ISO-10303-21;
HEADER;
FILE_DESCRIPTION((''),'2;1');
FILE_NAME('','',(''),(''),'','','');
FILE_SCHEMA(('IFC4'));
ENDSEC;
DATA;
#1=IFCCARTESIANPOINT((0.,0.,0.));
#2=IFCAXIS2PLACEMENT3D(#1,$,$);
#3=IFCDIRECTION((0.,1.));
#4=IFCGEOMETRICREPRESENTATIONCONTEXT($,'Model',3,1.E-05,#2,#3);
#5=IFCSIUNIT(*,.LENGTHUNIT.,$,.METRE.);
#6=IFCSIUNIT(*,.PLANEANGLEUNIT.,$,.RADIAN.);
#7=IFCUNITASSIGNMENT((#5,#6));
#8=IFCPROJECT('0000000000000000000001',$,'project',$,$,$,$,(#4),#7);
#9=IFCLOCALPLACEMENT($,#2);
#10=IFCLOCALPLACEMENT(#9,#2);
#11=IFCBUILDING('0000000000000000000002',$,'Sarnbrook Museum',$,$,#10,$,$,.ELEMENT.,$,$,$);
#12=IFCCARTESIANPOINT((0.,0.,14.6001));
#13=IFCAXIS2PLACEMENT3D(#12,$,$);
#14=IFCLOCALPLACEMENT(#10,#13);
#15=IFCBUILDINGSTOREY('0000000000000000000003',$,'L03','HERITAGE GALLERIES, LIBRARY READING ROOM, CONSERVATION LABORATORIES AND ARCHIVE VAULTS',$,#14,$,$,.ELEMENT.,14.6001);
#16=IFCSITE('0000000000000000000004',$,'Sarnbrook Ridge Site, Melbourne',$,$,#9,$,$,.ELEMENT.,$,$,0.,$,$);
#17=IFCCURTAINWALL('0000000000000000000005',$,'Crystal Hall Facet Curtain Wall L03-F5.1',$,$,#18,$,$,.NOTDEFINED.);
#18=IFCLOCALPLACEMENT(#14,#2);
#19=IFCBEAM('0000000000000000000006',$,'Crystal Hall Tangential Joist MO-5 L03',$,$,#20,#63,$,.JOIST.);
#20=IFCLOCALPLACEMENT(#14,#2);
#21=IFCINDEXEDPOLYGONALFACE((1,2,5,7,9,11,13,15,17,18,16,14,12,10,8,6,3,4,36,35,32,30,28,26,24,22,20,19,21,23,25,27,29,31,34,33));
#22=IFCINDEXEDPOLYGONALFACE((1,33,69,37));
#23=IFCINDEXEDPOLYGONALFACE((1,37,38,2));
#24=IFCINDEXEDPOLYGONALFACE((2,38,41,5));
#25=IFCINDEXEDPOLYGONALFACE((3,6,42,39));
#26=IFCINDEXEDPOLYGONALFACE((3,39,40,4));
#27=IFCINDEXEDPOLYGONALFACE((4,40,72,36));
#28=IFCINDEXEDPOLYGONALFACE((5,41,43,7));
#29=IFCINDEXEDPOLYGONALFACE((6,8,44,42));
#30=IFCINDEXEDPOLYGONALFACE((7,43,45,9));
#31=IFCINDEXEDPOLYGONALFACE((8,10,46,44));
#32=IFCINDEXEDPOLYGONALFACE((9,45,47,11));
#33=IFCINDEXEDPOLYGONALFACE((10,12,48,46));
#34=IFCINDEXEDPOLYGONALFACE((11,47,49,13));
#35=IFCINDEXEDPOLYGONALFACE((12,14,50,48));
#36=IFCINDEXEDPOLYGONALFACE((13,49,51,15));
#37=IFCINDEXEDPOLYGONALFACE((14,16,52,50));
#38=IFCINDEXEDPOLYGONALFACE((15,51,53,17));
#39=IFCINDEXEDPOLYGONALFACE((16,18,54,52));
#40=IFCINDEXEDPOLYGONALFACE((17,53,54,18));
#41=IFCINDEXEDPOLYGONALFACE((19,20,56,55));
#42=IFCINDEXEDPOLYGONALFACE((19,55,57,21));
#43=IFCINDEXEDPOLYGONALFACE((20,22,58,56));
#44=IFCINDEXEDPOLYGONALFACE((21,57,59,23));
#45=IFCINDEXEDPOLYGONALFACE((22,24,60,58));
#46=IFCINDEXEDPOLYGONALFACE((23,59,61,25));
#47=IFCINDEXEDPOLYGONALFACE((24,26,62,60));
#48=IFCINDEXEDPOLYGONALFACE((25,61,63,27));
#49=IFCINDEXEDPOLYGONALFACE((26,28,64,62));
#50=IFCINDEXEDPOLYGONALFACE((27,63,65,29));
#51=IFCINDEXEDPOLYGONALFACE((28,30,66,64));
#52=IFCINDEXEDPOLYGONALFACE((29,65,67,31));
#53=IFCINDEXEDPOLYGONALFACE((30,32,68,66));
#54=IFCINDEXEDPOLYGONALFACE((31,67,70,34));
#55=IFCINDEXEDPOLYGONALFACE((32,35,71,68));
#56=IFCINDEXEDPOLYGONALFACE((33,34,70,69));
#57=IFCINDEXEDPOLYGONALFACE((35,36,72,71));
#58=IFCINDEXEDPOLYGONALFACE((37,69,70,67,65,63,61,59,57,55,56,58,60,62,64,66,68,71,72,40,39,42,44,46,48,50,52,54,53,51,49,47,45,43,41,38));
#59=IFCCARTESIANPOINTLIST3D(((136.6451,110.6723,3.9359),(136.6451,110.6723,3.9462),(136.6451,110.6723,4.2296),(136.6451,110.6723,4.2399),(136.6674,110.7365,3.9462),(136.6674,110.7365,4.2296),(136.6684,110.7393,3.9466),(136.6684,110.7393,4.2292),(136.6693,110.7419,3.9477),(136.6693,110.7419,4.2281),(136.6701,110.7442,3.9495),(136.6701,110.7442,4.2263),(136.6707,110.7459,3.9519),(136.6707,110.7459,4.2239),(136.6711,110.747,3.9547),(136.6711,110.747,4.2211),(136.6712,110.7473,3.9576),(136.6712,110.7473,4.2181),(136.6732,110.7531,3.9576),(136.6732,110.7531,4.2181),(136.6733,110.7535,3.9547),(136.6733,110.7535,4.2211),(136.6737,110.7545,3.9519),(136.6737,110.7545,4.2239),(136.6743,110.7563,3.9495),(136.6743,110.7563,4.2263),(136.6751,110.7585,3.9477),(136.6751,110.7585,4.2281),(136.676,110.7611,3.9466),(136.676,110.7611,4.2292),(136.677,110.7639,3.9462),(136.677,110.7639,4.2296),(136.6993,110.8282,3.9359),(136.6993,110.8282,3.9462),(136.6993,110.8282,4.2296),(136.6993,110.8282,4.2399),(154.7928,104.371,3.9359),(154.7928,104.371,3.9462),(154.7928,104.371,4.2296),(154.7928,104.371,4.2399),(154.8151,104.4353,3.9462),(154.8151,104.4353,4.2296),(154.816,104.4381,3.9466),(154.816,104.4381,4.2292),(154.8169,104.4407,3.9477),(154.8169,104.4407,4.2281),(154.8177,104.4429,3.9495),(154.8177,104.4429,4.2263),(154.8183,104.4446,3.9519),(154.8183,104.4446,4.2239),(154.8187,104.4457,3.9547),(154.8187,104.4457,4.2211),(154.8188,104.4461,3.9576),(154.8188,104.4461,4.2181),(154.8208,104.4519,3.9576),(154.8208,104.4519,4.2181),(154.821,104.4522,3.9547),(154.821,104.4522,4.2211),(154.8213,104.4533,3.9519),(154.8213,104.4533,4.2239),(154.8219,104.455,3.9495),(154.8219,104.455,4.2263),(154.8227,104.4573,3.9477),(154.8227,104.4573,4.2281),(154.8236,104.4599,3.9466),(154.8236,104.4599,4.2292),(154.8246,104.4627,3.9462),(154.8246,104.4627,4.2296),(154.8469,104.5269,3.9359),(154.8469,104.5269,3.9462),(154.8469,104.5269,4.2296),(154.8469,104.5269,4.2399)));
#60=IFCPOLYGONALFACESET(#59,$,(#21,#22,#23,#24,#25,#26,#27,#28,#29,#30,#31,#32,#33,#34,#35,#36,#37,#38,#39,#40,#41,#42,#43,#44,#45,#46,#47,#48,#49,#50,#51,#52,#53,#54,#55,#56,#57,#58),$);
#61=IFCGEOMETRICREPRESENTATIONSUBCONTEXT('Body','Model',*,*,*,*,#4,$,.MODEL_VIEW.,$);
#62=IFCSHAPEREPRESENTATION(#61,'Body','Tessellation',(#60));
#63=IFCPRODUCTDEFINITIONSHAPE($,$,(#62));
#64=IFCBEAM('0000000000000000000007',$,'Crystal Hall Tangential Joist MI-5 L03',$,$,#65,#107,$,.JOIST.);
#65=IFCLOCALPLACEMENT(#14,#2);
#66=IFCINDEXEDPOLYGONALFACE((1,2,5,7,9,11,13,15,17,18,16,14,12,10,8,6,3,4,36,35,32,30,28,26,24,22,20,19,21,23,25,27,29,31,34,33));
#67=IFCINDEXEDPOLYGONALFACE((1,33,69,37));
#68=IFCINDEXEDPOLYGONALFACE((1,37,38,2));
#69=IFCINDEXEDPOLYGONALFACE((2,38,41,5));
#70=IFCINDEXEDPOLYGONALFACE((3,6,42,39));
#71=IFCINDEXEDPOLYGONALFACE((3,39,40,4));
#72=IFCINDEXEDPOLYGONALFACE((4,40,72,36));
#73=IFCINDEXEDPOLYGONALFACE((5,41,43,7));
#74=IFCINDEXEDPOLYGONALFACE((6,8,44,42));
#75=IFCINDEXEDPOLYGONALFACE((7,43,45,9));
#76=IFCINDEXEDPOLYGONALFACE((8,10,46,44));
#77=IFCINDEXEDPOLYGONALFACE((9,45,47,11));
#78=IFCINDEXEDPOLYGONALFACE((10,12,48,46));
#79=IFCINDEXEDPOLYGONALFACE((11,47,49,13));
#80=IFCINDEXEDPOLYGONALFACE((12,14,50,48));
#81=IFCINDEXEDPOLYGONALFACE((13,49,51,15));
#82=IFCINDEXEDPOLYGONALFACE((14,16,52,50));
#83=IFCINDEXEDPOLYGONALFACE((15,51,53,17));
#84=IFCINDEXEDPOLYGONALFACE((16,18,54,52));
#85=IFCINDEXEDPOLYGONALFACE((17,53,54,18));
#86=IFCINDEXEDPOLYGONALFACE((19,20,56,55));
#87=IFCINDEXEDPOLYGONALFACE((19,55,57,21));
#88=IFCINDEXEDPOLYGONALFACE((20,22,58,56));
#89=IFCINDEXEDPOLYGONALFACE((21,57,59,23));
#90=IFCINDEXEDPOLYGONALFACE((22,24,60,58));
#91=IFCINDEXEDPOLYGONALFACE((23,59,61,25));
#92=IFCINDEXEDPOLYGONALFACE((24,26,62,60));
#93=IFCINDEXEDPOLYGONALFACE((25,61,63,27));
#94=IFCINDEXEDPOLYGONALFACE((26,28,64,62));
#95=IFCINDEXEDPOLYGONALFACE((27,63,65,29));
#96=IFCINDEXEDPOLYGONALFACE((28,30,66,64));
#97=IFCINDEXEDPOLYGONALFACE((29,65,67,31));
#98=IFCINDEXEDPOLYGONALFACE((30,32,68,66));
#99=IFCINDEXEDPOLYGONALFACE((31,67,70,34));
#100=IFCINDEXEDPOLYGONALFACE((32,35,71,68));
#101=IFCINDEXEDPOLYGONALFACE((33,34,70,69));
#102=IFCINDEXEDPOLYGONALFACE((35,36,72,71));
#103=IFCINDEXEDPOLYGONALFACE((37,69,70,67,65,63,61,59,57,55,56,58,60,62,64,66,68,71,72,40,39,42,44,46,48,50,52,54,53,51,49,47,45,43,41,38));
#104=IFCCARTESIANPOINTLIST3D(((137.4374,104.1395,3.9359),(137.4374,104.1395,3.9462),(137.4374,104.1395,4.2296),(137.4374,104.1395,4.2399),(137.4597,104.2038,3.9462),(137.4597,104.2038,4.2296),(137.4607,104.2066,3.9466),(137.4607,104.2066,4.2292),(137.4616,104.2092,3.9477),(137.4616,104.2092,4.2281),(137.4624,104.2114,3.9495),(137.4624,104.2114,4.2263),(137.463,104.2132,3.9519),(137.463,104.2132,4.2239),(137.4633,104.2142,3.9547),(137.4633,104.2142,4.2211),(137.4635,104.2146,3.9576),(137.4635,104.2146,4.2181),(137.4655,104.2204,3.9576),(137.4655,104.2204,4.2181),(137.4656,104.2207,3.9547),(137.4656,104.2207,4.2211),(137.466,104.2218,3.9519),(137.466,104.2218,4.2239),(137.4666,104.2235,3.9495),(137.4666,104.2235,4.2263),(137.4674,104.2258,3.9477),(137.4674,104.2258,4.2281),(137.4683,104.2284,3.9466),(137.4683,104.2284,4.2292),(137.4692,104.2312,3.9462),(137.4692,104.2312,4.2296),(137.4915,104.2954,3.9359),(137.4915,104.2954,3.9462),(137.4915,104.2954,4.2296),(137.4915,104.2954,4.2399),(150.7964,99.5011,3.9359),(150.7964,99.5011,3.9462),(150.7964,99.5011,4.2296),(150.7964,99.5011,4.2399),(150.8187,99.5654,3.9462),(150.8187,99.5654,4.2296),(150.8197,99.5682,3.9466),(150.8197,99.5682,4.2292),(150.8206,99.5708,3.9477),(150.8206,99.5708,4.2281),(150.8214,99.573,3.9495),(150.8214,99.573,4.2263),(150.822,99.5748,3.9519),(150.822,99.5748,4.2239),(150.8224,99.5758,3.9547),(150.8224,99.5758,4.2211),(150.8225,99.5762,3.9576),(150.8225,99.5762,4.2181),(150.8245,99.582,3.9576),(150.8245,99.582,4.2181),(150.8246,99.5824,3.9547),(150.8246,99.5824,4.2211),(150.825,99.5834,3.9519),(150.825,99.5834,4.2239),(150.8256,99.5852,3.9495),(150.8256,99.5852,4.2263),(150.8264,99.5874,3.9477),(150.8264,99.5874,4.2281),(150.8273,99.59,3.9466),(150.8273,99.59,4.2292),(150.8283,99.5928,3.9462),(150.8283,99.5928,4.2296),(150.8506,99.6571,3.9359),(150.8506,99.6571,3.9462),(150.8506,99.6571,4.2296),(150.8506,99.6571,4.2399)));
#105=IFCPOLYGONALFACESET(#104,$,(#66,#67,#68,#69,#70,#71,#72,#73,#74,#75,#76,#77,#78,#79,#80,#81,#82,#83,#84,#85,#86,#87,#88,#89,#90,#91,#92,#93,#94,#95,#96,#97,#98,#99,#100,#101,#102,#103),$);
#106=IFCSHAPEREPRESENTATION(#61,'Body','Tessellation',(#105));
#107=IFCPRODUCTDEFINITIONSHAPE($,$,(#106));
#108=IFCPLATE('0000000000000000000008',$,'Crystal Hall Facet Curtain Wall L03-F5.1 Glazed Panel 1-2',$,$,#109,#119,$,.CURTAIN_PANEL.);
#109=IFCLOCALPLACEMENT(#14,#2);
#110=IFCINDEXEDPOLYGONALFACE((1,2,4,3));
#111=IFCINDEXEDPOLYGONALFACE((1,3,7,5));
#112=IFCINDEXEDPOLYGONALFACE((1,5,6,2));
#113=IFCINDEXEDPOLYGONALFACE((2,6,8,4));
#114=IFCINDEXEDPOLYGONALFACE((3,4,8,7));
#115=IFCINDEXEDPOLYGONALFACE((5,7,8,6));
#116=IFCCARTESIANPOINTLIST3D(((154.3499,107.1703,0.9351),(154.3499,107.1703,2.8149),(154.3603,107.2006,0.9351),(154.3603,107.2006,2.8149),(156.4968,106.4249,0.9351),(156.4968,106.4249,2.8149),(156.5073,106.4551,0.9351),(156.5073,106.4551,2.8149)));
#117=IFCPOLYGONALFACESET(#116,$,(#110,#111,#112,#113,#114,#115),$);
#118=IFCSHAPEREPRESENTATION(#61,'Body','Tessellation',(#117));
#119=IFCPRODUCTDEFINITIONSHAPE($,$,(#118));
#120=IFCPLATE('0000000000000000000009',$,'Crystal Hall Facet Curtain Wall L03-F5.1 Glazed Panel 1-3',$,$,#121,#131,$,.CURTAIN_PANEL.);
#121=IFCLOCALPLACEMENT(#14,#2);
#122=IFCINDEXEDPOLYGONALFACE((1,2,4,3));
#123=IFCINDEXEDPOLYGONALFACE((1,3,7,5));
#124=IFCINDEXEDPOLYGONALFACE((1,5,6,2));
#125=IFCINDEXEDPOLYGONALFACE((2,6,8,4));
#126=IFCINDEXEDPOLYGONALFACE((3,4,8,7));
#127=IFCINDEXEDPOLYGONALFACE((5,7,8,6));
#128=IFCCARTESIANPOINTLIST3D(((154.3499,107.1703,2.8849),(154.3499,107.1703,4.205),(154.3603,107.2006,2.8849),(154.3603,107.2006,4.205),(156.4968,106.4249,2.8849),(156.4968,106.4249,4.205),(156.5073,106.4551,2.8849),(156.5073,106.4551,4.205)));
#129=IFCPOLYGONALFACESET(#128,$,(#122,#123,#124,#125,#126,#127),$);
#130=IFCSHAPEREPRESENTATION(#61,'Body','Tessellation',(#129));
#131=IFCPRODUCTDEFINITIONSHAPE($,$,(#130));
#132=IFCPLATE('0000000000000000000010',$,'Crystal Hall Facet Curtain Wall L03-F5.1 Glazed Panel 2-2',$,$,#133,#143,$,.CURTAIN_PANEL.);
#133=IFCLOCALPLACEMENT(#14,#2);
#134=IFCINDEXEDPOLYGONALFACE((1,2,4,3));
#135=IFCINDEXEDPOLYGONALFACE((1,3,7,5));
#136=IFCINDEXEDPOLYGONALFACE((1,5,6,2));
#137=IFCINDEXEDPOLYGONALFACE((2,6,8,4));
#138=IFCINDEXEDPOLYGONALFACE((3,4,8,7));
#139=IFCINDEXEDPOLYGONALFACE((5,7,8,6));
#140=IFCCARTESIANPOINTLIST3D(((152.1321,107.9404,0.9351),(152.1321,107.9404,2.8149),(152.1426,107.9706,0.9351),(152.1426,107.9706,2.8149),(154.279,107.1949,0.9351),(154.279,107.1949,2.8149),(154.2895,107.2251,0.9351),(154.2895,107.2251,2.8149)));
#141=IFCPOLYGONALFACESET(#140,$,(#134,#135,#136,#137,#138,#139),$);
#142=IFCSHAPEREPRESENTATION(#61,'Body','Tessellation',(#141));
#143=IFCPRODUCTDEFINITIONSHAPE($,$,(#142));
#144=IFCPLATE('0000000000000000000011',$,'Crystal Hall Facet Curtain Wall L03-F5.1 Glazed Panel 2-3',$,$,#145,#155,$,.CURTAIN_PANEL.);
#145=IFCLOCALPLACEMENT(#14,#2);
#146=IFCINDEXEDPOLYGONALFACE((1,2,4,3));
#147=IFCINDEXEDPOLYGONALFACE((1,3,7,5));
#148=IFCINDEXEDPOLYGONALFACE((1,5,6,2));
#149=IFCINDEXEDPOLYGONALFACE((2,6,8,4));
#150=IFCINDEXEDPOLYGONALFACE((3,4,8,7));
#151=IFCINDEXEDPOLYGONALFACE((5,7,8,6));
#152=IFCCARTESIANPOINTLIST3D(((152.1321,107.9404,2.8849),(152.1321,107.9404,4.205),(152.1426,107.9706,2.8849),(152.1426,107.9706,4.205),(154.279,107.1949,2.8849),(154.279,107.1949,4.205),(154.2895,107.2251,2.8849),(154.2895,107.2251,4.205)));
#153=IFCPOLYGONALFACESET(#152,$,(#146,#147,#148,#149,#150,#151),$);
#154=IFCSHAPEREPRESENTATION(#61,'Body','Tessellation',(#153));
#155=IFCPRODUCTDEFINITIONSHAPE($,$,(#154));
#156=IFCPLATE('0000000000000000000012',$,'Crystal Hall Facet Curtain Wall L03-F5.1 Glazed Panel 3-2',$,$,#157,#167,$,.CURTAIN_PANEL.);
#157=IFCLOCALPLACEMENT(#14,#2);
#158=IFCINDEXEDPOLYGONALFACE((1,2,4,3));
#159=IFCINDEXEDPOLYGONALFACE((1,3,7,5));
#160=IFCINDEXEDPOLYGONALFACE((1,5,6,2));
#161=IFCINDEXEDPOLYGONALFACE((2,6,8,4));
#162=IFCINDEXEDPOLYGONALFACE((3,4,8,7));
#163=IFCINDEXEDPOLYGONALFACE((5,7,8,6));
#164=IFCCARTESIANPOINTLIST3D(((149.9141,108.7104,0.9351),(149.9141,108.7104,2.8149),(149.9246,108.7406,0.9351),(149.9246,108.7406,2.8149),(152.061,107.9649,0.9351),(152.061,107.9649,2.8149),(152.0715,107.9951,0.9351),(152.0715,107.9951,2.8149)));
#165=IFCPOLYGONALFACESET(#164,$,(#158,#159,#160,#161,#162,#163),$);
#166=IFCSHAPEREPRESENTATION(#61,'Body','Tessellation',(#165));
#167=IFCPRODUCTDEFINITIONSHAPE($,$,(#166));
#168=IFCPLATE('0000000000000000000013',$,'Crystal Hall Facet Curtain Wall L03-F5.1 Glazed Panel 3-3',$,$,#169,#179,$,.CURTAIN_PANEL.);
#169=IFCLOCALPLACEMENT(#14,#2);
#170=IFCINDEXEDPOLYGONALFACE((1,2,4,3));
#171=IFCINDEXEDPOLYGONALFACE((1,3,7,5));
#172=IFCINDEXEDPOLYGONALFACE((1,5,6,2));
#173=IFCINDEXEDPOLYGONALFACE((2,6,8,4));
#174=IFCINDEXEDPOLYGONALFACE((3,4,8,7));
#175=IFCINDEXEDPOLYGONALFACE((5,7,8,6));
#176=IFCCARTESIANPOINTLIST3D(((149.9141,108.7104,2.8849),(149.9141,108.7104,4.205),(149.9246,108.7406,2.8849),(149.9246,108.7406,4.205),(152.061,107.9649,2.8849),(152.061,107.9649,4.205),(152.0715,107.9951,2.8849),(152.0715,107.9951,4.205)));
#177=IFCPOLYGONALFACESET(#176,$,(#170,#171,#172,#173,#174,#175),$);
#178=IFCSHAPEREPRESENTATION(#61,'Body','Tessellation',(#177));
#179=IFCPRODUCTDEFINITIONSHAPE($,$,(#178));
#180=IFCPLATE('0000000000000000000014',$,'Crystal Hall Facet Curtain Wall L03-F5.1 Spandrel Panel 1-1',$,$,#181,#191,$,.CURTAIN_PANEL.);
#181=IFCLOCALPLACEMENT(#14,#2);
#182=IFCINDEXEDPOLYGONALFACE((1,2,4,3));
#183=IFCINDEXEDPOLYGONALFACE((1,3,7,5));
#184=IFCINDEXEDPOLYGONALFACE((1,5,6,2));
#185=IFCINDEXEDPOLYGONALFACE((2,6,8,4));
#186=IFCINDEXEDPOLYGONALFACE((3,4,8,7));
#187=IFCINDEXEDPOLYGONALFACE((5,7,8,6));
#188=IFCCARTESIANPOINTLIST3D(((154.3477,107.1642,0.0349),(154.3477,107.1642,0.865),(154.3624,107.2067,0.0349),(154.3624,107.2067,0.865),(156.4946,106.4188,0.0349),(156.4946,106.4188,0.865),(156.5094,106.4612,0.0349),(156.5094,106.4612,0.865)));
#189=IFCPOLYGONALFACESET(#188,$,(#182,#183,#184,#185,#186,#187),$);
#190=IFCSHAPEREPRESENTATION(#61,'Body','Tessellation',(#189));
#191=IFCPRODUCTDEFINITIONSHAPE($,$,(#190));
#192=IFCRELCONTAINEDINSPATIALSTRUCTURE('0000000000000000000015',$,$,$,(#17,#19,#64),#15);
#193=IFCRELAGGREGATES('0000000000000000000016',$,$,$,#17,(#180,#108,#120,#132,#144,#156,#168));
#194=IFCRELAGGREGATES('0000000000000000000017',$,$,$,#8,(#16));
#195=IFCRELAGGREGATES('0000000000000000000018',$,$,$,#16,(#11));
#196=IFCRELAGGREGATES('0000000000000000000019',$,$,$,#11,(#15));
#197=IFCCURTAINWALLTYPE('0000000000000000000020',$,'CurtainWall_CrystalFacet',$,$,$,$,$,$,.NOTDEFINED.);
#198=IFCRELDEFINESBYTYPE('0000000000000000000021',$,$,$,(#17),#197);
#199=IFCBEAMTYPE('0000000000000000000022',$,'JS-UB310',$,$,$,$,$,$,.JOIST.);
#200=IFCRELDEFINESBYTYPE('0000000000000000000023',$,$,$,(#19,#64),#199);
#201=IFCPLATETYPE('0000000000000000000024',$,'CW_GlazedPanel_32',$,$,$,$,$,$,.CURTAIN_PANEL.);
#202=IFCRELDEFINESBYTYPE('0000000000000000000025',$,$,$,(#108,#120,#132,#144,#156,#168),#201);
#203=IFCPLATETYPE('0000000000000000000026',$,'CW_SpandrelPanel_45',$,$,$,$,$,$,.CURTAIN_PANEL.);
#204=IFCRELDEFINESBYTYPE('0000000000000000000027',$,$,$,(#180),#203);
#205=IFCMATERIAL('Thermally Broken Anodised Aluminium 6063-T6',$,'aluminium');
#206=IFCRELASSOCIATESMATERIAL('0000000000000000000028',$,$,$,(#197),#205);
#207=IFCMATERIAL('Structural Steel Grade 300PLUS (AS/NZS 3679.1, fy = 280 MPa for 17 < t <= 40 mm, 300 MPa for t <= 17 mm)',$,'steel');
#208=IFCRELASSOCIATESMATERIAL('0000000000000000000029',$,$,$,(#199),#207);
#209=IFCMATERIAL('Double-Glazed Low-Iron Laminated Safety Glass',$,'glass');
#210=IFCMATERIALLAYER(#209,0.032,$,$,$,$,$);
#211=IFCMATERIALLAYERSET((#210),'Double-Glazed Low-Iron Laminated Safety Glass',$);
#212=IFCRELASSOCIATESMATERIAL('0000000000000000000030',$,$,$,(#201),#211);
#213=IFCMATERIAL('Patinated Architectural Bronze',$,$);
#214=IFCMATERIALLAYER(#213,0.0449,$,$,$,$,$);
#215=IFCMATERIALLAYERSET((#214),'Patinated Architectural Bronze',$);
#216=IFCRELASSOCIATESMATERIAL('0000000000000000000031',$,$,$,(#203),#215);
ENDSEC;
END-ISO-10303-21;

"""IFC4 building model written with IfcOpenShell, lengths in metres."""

from ifc_helpers import new_model, si_unit, direction, frame, origin, origin_2d, place, context, subcontext, project, spatial, rectangle, i_section, extrude, material, layer, layer_set, material_profile, profile_set, type_object, element, aggregate, save


model = new_model("IFC4")

# Units and contexts
model_context = context("Model", 3, precision=1e-05, world=origin(), true_north=direction((0.0, 1.0)))
body_context = subcontext(model_context, "Body", "Model", "MODEL_VIEW")
ifc_project = project(units=[si_unit("LENGTHUNIT", "METRE"), si_unit("PLANEANGLEUNIT", "RADIAN")], contexts=[model_context])

# Site, building, storey
site_placement = place(None, origin())
site = spatial("IfcSite", under=ifc_project, at=site_placement, Name="Sarnbrook Ridge Site, Melbourne", CompositionType="ELEMENT", RefElevation=0.0)
building_placement = place(site_placement, origin())
building = spatial("IfcBuilding", under=site, at=building_placement, Name="Sarnbrook Museum", CompositionType="ELEMENT")
storey_placement = place(building_placement, frame((0.0, 0.0, 14.6001)))
storey = spatial("IfcBuildingStorey", under=building, at=storey_placement, Name="L03", Description="HERITAGE GALLERIES, LIBRARY READING ROOM, CONSERVATION LABORATORIES AND ARCHIVE VAULTS", CompositionType="ELEMENT", Elevation=14.6001)

# Curtain wall
ifc_material_1 = material(Name="Thermally Broken Anodised Aluminium 6063-T6", Category="aluminium")
curtain_wall_type = type_object("IfcCurtainWallType", Name="CurtainWall_CrystalFacet", PredefinedType="NOTDEFINED", material=ifc_material_1)
curtain_wall_placement = place(storey_placement, origin())
curtain_wall = element("IfcCurtainWall", 1, at=curtain_wall_placement, inside=storey, type_object=curtain_wall_type, Name="Crystal Hall Facet Curtain Wall L03-F5.1", PredefinedType="NOTDEFINED")

# Beams
ifc_material_2 = material(Name="Structural Steel Grade 300PLUS (AS/NZS 3679.1, fy = 280 MPa for 17 < t <= 40 mm, 300 MPa for t <= 17 mm)", Category="steel")
ifc_material_profile_1 = material_profile(ifc_material_2, i_section(OverallWidth=0.165, OverallDepth=0.304, WebThickness=0.0061, FlangeThickness=0.0103, FilletRadius=0.0115, at=origin_2d()), Name="310UB40.4")
ifc_profile_set_1 = profile_set([ifc_material_profile_1], Name="Structural Steel Grade 300PLUS (AS/NZS 3679.1, fy = 280 MPa for 17 < t <= 40 mm, 300 MPa for t <= 17 mm)")
beam_type_1 = type_object("IfcBeamType", Name="JS-UB310", PredefinedType="JOIST", material=ifc_profile_set_1)
beam_1_placement = place(storey_placement, frame((154.8198, 104.449, 4.0879), z_axis=(-0.944674, 0.328011, 0.0), x_axis=(-0.328011, -0.944674, 0.0)))
element("IfcBeam", 2, at=beam_1_placement, inside=storey, type_object=beam_type_1, Name="Crystal Hall Tangential Joist MO-5 L03", PredefinedType="JOIST", context=body_context, shape_type="SweptSolid", body=[
    extrude(i_section(OverallWidth=0.165, OverallDepth=0.304, WebThickness=0.0061, FlangeThickness=0.0103, FilletRadius=0.0115, at=origin_2d()), origin(), (0.0, 0.0, 1.0), 19.2104),
])
beam_2_placement = place(storey_placement, frame((150.8235, 99.5791, 4.0879), z_axis=(-0.944677, 0.328002, 0.0), x_axis=(-0.328002, -0.944677, 0.0)))
element("IfcBeam", 3, at=beam_2_placement, inside=storey, type_object=beam_type_1, Name="Crystal Hall Tangential Joist MI-5 L03", PredefinedType="JOIST", context=body_context, shape_type="SweptSolid", body=[
    extrude(i_section(OverallWidth=0.165, OverallDepth=0.304, WebThickness=0.0061, FlangeThickness=0.0103, FilletRadius=0.0115, at=origin_2d()), origin(), (0.0, 0.0, 1.0), 14.1414),
])

# Plates
ifc_material_3 = material(Name="Double-Glazed Low-Iron Laminated Safety Glass", Category="glass")
ifc_layer_1 = layer(ifc_material_3, 0.032)
ifc_layer_set_1 = layer_set([ifc_layer_1], Name="Double-Glazed Low-Iron Laminated Safety Glass")
plate_type_1 = type_object("IfcPlateType", Name="CW_GlazedPanel_32", PredefinedType="CURTAIN_PANEL", material=ifc_layer_set_1)
plate_1_placement = place(storey_placement, frame((155.4233, 106.7976, 1.875), z_axis=(0.32801, 0.944674, 0.0), x_axis=(-0.944674, 0.32801, 0.0)))
plate_1 = element("IfcPlate", 4, at=plate_1_placement, type_object=plate_type_1, Name="Crystal Hall Facet Curtain Wall L03-F5.1 Glazed Panel 1-2", PredefinedType="CURTAIN_PANEL", context=body_context, shape_type="SweptSolid", body=[
    extrude(rectangle(XDim=2.2727, YDim=1.8799, at=origin_2d()), origin(), (0.0, 0.0, 1.0), 0.032),
])
plate_2_placement = place(storey_placement, frame((155.4233, 106.7976, 3.5449), z_axis=(0.32801, 0.944674, 0.0), x_axis=(-0.944674, 0.32801, 0.0)))
plate_2 = element("IfcPlate", 5, at=plate_2_placement, type_object=plate_type_1, Name="Crystal Hall Facet Curtain Wall L03-F5.1 Glazed Panel 1-3", PredefinedType="CURTAIN_PANEL", context=body_context, shape_type="SweptSolid", body=[
    extrude(rectangle(XDim=2.2727, YDim=1.3201, at=origin_2d()), origin(), (0.0, 0.0, 1.0), 0.032),
])
plate_3_placement = place(storey_placement, frame((153.2056, 107.5676, 1.875), z_axis=(0.32801, 0.944674, 0.0), x_axis=(-0.944674, 0.32801, 0.0)))
plate_3 = element("IfcPlate", 6, at=plate_3_placement, type_object=plate_type_1, Name="Crystal Hall Facet Curtain Wall L03-F5.1 Glazed Panel 2-2", PredefinedType="CURTAIN_PANEL", context=body_context, shape_type="SweptSolid", body=[
    extrude(rectangle(XDim=2.2727, YDim=1.8799, at=origin_2d()), origin(), (0.0, 0.0, 1.0), 0.032),
])
plate_4_placement = place(storey_placement, frame((153.2056, 107.5676, 3.5449), z_axis=(0.32801, 0.944674, 0.0), x_axis=(-0.944674, 0.32801, 0.0)))
plate_4 = element("IfcPlate", 7, at=plate_4_placement, type_object=plate_type_1, Name="Crystal Hall Facet Curtain Wall L03-F5.1 Glazed Panel 2-3", PredefinedType="CURTAIN_PANEL", context=body_context, shape_type="SweptSolid", body=[
    extrude(rectangle(XDim=2.2727, YDim=1.3201, at=origin_2d()), origin(), (0.0, 0.0, 1.0), 0.032),
])
plate_5_placement = place(storey_placement, frame((150.9875, 108.3376, 1.875), z_axis=(0.32801, 0.944674, 0.0), x_axis=(-0.944674, 0.32801, 0.0)))
plate_5 = element("IfcPlate", 8, at=plate_5_placement, type_object=plate_type_1, Name="Crystal Hall Facet Curtain Wall L03-F5.1 Glazed Panel 3-2", PredefinedType="CURTAIN_PANEL", context=body_context, shape_type="SweptSolid", body=[
    extrude(rectangle(XDim=2.2727, YDim=1.8799, at=origin_2d()), origin(), (0.0, 0.0, 1.0), 0.032),
])
plate_6_placement = place(storey_placement, frame((150.9875, 108.3376, 3.5449), z_axis=(0.32801, 0.944674, 0.0), x_axis=(-0.944674, 0.32801, 0.0)))
plate_6 = element("IfcPlate", 9, at=plate_6_placement, type_object=plate_type_1, Name="Crystal Hall Facet Curtain Wall L03-F5.1 Glazed Panel 3-3", PredefinedType="CURTAIN_PANEL", context=body_context, shape_type="SweptSolid", body=[
    extrude(rectangle(XDim=2.2727, YDim=1.3201, at=origin_2d()), origin(), (0.0, 0.0, 1.0), 0.032),
])
ifc_material_4 = material(Name="Patinated Architectural Bronze")
ifc_layer_2 = layer(ifc_material_4, 0.0449)
ifc_layer_set_2 = layer_set([ifc_layer_2], Name="Patinated Architectural Bronze")
plate_type_2 = type_object("IfcPlateType", Name="CW_SpandrelPanel_45", PredefinedType="CURTAIN_PANEL", material=ifc_layer_set_2)
plate_7_placement = place(storey_placement, frame((155.4211, 106.7915, 0.45), z_axis=(0.32801, 0.944674, 0.0), x_axis=(-0.944674, 0.32801, 0.0)))
plate_7 = element("IfcPlate", 10, at=plate_7_placement, type_object=plate_type_2, Name="Crystal Hall Facet Curtain Wall L03-F5.1 Spandrel Panel 1-1", PredefinedType="CURTAIN_PANEL", context=body_context, shape_type="SweptSolid", body=[
    extrude(rectangle(XDim=2.2727, YDim=0.8301, at=origin_2d()), origin(), (0.0, 0.0, 1.0), 0.0449),
])
aggregate(curtain_wall, [plate_7, plate_1, plate_2, plate_3, plate_4, plate_5, plate_6])

save(model, "model.ifc")
